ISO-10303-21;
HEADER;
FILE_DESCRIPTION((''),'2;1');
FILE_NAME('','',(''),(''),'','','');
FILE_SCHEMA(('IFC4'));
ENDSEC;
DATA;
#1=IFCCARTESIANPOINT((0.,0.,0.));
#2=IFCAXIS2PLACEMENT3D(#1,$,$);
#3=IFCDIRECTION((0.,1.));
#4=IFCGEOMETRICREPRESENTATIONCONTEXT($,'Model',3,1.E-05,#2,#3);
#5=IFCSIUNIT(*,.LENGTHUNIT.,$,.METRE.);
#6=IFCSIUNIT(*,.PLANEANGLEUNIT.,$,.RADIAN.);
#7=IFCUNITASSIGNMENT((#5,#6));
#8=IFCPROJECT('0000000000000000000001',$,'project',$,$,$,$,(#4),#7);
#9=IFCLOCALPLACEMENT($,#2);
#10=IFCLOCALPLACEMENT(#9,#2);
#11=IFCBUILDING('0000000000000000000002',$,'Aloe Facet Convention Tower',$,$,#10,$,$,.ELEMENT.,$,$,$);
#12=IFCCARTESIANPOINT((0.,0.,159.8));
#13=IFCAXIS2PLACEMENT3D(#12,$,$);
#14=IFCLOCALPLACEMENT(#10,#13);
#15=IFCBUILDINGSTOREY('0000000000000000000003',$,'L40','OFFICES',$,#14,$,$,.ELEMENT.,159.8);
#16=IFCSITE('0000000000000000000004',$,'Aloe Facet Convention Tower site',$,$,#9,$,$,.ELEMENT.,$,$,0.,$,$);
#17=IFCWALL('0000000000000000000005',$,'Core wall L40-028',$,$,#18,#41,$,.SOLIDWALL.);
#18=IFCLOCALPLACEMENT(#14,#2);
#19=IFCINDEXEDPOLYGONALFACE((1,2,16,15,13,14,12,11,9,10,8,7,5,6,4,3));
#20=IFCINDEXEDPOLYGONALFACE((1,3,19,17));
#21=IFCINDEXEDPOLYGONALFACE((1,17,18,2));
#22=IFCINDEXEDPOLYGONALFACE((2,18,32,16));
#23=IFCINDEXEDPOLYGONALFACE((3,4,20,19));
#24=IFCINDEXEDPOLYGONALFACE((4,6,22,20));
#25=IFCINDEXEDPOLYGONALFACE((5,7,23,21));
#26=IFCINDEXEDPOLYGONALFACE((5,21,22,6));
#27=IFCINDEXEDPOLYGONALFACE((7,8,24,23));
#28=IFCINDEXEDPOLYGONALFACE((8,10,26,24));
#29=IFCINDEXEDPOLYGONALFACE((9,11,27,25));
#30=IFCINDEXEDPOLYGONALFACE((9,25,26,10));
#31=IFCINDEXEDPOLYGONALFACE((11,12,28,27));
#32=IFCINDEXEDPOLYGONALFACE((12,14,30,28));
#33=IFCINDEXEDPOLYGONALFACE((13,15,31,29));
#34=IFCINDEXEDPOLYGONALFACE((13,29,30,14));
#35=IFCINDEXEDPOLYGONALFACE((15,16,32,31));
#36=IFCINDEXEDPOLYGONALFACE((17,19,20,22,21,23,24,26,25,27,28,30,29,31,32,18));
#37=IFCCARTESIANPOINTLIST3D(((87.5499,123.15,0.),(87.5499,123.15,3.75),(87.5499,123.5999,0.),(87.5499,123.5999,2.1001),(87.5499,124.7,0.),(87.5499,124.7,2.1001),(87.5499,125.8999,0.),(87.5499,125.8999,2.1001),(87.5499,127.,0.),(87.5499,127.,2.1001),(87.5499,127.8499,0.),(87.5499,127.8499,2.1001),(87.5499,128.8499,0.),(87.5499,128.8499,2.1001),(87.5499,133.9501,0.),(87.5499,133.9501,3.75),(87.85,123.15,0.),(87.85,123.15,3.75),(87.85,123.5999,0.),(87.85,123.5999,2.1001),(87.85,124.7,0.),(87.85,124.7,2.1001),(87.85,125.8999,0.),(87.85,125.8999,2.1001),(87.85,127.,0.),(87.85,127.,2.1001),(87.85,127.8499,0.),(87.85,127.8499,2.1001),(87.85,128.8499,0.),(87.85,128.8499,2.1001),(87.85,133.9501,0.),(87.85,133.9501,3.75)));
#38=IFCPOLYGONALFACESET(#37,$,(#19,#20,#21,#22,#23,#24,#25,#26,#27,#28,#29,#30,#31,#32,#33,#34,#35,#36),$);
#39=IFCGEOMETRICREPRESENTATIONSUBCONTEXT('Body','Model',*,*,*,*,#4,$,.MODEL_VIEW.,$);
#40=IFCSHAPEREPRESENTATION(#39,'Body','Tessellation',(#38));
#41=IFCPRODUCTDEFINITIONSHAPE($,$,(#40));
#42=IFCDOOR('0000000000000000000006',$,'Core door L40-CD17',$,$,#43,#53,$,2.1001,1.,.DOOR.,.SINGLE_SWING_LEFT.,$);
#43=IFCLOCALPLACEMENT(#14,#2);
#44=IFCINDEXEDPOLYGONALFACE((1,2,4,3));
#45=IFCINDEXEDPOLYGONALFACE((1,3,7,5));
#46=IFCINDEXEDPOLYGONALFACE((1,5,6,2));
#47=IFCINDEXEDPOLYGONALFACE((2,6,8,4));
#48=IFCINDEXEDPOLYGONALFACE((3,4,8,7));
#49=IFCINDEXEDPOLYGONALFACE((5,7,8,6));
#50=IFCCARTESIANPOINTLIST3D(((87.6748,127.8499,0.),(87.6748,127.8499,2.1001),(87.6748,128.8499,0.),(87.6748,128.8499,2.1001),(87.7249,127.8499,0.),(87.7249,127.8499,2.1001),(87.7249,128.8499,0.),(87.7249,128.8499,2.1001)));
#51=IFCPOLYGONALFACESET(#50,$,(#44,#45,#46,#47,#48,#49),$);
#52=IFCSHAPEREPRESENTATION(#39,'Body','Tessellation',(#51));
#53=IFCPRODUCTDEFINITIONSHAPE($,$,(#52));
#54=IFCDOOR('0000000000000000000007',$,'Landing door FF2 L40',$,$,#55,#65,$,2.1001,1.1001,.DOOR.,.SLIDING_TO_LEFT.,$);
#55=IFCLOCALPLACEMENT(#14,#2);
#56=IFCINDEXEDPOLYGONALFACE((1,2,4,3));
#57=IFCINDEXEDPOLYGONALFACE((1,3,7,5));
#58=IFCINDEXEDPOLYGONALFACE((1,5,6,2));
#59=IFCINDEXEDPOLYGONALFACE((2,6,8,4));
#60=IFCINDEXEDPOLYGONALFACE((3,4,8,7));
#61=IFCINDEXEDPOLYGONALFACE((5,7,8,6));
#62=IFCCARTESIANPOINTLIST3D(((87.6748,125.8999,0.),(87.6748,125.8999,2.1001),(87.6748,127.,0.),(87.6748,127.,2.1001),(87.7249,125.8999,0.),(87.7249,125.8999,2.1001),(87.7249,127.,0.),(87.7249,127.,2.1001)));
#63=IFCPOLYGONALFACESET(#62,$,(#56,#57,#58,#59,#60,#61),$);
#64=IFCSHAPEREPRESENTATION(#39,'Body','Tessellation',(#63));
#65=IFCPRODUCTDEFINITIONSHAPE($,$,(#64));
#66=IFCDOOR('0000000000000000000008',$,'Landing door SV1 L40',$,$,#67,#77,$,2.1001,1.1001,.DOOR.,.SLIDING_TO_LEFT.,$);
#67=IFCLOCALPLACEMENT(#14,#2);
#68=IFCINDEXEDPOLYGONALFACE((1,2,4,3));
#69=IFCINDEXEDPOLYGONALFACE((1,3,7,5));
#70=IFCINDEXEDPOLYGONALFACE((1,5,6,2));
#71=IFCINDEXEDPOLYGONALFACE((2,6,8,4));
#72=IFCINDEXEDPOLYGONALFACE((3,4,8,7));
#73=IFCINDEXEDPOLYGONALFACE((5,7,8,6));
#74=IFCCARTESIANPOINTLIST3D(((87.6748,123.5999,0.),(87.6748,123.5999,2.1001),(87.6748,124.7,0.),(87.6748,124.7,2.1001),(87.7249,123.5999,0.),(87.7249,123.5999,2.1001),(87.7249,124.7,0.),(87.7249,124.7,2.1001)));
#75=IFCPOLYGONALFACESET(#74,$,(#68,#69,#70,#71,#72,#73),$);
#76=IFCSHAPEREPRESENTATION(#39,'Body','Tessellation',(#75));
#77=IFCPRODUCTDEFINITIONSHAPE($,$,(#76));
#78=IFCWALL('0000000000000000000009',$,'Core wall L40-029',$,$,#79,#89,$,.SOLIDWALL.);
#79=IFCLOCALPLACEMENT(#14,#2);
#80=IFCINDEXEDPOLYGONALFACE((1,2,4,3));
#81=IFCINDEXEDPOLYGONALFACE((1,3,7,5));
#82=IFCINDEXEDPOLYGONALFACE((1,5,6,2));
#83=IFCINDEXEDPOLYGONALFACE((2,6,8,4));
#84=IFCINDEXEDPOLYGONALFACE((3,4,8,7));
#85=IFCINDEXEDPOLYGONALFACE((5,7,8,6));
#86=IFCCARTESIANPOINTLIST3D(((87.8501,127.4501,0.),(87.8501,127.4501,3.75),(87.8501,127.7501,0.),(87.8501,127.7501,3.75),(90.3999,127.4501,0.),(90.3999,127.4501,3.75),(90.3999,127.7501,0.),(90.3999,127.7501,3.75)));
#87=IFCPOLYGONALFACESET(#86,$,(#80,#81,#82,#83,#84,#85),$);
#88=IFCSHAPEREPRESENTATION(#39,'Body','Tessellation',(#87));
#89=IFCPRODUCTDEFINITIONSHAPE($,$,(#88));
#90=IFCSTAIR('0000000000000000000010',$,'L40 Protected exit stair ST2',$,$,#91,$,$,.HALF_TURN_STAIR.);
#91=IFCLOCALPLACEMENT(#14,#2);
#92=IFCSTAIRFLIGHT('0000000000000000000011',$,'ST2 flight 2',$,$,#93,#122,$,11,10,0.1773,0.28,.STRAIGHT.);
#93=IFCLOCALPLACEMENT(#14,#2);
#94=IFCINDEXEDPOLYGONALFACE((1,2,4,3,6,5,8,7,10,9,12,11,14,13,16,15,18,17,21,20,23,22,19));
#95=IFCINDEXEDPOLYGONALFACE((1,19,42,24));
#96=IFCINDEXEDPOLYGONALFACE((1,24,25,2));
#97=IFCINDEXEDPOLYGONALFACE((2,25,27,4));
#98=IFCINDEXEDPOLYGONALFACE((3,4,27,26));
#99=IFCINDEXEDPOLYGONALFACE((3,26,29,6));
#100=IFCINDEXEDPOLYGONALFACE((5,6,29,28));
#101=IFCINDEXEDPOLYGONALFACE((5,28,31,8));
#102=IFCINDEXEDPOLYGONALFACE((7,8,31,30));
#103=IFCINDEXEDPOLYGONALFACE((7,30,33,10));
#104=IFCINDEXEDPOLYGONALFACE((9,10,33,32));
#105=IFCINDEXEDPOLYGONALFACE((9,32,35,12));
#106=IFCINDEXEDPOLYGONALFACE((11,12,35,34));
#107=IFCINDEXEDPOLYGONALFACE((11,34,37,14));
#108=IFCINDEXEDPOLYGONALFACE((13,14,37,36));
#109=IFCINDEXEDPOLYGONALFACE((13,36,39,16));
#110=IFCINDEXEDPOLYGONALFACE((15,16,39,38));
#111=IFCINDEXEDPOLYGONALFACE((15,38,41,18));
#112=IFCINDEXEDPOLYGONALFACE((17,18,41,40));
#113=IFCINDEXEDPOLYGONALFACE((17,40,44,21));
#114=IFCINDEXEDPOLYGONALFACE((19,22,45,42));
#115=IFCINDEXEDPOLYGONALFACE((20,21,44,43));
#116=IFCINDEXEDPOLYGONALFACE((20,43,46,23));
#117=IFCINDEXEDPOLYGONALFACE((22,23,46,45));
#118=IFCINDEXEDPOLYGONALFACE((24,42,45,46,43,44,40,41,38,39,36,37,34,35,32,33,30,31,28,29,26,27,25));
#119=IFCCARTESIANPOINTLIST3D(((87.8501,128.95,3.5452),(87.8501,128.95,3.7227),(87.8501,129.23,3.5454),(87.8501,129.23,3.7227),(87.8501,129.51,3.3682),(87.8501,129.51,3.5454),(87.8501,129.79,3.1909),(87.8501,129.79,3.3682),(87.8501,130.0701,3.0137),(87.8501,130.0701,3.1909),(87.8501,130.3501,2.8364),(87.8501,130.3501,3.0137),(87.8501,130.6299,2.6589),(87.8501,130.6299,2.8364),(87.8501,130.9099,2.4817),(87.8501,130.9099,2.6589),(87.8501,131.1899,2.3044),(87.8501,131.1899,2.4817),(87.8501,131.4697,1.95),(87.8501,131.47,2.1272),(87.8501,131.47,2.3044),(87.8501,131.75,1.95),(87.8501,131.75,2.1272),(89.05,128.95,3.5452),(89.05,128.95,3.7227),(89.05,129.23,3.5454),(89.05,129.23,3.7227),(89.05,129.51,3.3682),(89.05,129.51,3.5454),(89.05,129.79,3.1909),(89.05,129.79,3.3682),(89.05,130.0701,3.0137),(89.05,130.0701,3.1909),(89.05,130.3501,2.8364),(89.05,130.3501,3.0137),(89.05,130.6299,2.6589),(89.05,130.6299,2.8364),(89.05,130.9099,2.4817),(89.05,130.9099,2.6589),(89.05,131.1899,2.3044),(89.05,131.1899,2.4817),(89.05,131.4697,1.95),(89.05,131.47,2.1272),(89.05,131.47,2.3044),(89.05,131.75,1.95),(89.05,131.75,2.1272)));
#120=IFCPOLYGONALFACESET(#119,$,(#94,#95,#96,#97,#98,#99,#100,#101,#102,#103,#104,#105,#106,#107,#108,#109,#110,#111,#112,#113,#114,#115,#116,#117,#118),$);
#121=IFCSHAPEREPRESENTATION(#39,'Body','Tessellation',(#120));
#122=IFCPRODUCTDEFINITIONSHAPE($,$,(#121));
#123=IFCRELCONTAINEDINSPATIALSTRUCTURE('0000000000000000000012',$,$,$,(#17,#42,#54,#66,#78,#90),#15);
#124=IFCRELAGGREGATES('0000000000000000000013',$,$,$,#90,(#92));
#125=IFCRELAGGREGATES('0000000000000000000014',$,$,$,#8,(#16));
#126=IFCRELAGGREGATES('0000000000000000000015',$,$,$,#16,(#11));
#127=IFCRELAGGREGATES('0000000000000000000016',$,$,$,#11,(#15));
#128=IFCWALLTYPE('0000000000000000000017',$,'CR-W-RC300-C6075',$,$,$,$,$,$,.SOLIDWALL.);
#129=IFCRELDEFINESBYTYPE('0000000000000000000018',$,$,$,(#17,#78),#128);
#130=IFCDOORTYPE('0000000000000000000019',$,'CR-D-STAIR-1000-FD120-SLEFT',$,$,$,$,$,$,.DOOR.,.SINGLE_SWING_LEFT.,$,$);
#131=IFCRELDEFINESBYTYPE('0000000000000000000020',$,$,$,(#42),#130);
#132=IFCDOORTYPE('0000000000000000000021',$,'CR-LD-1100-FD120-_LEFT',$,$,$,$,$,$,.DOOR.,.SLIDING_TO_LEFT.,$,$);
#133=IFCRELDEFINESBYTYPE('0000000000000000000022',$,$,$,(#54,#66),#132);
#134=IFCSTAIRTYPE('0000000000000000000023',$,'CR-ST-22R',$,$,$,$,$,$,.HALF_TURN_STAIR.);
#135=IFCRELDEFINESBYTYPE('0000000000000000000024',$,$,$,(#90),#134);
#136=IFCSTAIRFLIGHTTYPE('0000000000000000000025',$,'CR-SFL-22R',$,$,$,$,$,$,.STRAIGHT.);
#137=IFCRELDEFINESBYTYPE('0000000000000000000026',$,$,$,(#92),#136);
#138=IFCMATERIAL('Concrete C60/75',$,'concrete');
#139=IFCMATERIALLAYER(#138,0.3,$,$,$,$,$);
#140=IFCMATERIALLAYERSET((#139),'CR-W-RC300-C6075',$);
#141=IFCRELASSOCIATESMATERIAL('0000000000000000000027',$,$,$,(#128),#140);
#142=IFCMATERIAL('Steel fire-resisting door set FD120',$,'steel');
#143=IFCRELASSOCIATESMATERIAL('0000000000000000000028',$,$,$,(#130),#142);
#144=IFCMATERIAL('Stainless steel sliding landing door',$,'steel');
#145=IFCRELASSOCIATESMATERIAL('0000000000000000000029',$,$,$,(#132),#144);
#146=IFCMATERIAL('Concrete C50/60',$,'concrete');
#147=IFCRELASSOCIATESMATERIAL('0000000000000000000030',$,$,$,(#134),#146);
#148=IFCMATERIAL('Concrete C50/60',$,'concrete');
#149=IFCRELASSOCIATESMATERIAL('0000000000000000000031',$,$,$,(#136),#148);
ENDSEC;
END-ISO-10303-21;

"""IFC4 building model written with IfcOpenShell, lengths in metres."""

from ifc_helpers import new_model, si_unit, direction, frame, frame_2d, origin, place, context, subcontext, project, spatial, polyline, rectangle, outline, extrude, material, layer, layer_set, type_object, element, fill, aggregate, save


model = new_model("IFC4")

# Units and contexts
model_context = context("Model", 3, precision=1e-05, world=origin(), true_north=direction((0.0, 1.0)))
body_context = subcontext(model_context, "Body", "Model", "MODEL_VIEW")
ifc_project = project(units=[si_unit("LENGTHUNIT", "METRE"), si_unit("PLANEANGLEUNIT", "RADIAN")], contexts=[model_context])

# Site, building, storey
site_placement = place(None, origin())
site = spatial("IfcSite", under=ifc_project, at=site_placement, Name="Aloe Facet Convention Tower site", CompositionType="ELEMENT", RefElevation=0.0)
building_placement = place(site_placement, origin())
building = spatial("IfcBuilding", under=site, at=building_placement, Name="Aloe Facet Convention Tower", CompositionType="ELEMENT")
storey_placement = place(building_placement, frame((0.0, 0.0, 159.8)))
storey = spatial("IfcBuildingStorey", under=building, at=storey_placement, Name="L40", Description="OFFICES", CompositionType="ELEMENT", Elevation=159.8)

# Shared definitions
ifc_material_1 = material(Name="Concrete C60/75", Category="concrete")
ifc_layer_1 = layer(ifc_material_1, 0.3)
ifc_layer_set_1 = layer_set([ifc_layer_1], Name="CR-W-RC300-C6075")
wall_type_1 = type_object("IfcWallType", Name="CR-W-RC300-C6075", PredefinedType="SOLIDWALL", material=ifc_layer_set_1)

# Wall, openings, doors
wall_1_placement = place(storey_placement, frame((87.7, 133.95, 0.0), z_axis=(0.0, 0.0, 1.0), x_axis=(0.0, -1.0, 0.0)))
wall_1 = element("IfcWall", 1, at=wall_1_placement, inside=storey, type_object=wall_type_1, Name="Core wall L40-028", PredefinedType="SOLIDWALL", context=body_context, shape_type="SweptSolid", body=[
    extrude(rectangle(XDim=10.8, YDim=0.3, at=frame_2d((5.3999, 0.0))), origin(), (0.0, 0.0, 1.0), 3.75),
])
opening_1_placement = place(wall_1_placement, frame((6.95, 0.0, 0.0)))
opening_1 = element("IfcOpeningElement", 2, at=opening_1_placement, cuts=wall_1, PredefinedType="OPENING", context=body_context, shape_type="SweptSolid", body=[
    extrude(rectangle(XDim=1.1001, YDim=2.1001, at=frame_2d((0.55, 1.05))), frame((0.0, 0.1602, 0.0), z_axis=(0.0, -1.0, 0.0), x_axis=(1.0, 0.0, 0.0)), (0.0, 0.0, 1.0), 0.3201),
])
opening_2_placement = place(wall_1_placement, frame((5.1001, 0.0, 0.0)))
opening_2 = element("IfcOpeningElement", 3, at=opening_2_placement, cuts=wall_1, PredefinedType="OPENING", context=body_context, shape_type="SweptSolid", body=[
    extrude(rectangle(XDim=1.0, YDim=2.1001, at=frame_2d((0.5, 1.05))), frame((0.0, 0.1602, 0.0), z_axis=(0.0, -1.0, 0.0), x_axis=(1.0, 0.0, 0.0)), (0.0, 0.0, 1.0), 0.3201),
])
opening_3_placement = place(wall_1_placement, frame((9.25, 0.0, 0.0)))
opening_3 = element("IfcOpeningElement", 4, at=opening_3_placement, cuts=wall_1, PredefinedType="OPENING", context=body_context, shape_type="SweptSolid", body=[
    extrude(rectangle(XDim=1.1001, YDim=2.1001, at=frame_2d((0.55, 1.05))), frame((0.0, 0.1602, 0.0), z_axis=(0.0, -1.0, 0.0), x_axis=(1.0, 0.0, 0.0)), (0.0, 0.0, 1.0), 0.3201),
])
ifc_material_2 = material(Name="Steel fire-resisting door set FD120", Category="steel")
door_type_1 = type_object("IfcDoorType", Name="CR-D-STAIR-1000-FD120-SLEFT", OperationType="SINGLE_SWING_LEFT", PredefinedType="DOOR", material=ifc_material_2)
door_1_placement = place(opening_2_placement, origin())
door_1 = element("IfcDoor", 5, at=door_1_placement, inside=storey, type_object=door_type_1, Name="Core door L40-CD17", OperationType="SINGLE_SWING_LEFT", OverallHeight=2.1001, OverallWidth=1.0, PredefinedType="DOOR", context=body_context, shape_type="SweptSolid", body=[
    extrude(rectangle(XDim=1.0, YDim=2.1001, at=frame_2d((0.5, 1.05))), frame((0.0, 0.0249, 0.0), z_axis=(0.0, -1.0, 0.0), x_axis=(1.0, 0.0, 0.0)), (0.0, 0.0, 1.0), 0.05),
])
fill(opening_2, door_1)
ifc_material_3 = material(Name="Stainless steel sliding landing door", Category="steel")
door_type_2 = type_object("IfcDoorType", Name="CR-LD-1100-FD120-_LEFT", OperationType="SLIDING_TO_LEFT", PredefinedType="DOOR", material=ifc_material_3)
door_2_placement = place(opening_1_placement, origin())
door_2 = element("IfcDoor", 6, at=door_2_placement, inside=storey, type_object=door_type_2, Name="Landing door FF2 L40", OperationType="SLIDING_TO_LEFT", OverallHeight=2.1001, OverallWidth=1.1001, PredefinedType="DOOR", context=body_context, shape_type="SweptSolid", body=[
    extrude(rectangle(XDim=1.1001, YDim=2.1001, at=frame_2d((0.55, 1.05))), frame((0.0, 0.0249, 0.0), z_axis=(0.0, -1.0, 0.0), x_axis=(1.0, 0.0, 0.0)), (0.0, 0.0, 1.0), 0.05),
])
fill(opening_1, door_2)
door_3_placement = place(opening_3_placement, origin())
door_3 = element("IfcDoor", 7, at=door_3_placement, inside=storey, type_object=door_type_2, Name="Landing door SV1 L40", OperationType="SLIDING_TO_LEFT", OverallHeight=2.1001, OverallWidth=1.1001, PredefinedType="DOOR", context=body_context, shape_type="SweptSolid", body=[
    extrude(rectangle(XDim=1.1001, YDim=2.1001, at=frame_2d((0.55, 1.05))), frame((0.0, 0.0249, 0.0), z_axis=(0.0, -1.0, 0.0), x_axis=(1.0, 0.0, 0.0)), (0.0, 0.0, 1.0), 0.05),
])
fill(opening_3, door_3)

# Wall
wall_2_placement = place(storey_placement, frame((87.8501, 127.6001, 0.0), z_axis=(0.0, 0.0, 1.0), x_axis=(1.0, 0.0, 0.0)))
element("IfcWall", 8, at=wall_2_placement, inside=storey, type_object=wall_type_1, Name="Core wall L40-029", PredefinedType="SOLIDWALL", context=body_context, shape_type="SweptSolid", body=[
    extrude(rectangle(XDim=2.5498, YDim=0.3, at=frame_2d((1.2749, 0.0))), origin(), (0.0, 0.0, 1.0), 3.75),
])

# Stair, stair flight
ifc_material_4 = material(Name="Concrete C50/60", Category="concrete")
stair_type = type_object("IfcStairType", Name="CR-ST-22R", PredefinedType="HALF_TURN_STAIR", material=ifc_material_4)
stair_placement = place(storey_placement, origin())
stair = element("IfcStair", 9, at=stair_placement, inside=storey, type_object=stair_type, Name="L40 Protected exit stair ST2", PredefinedType="HALF_TURN_STAIR")
ifc_material_5 = material(Name="Concrete C50/60", Category="concrete")
stair_flight_type = type_object("IfcStairFlightType", Name="CR-SFL-22R", PredefinedType="STRAIGHT", material=ifc_material_5)
stair_flight_placement = place(storey_placement, frame((88.45, 131.75, 1.95), z_axis=(0.0, 0.0, 1.0), x_axis=(0.0, -1.0, 0.0)))
stair_flight = element("IfcStairFlight", 10, at=stair_flight_placement, type_object=stair_flight_type, Name="ST2 flight 2", NumberOfRisers=11, NumberOfTreads=10, PredefinedType="STRAIGHT", RiserHeight=0.1773, TreadLength=0.28, context=body_context, shape_type="SweptSolid", body=[
    extrude(outline(polyline([(0.0, 0.0), (0.0, 0.1772), (0.28, 0.1772), (0.28, 0.3545), (0.5601, 0.3545), (0.5601, 0.5317), (0.8401, 0.5317), (0.8401, 0.709), (1.1201, 0.709), (1.1201, 0.8865), (1.3999, 0.8865), (1.3999, 1.0637), (1.6799, 1.0637), (1.6799, 1.241), (1.96, 1.241), (1.96, 1.4182), (2.24, 1.4182), (2.24, 1.5955), (2.52, 1.5955), (2.52, 1.7727), (2.8, 1.7727), (2.8, 1.95), (2.8, 1.5952), (0.2803, 0.0), (0.0, 0.0)])), frame((0.0, 0.6001, 0.0), z_axis=(0.0, -1.0, 0.0), x_axis=(1.0, 0.0, 0.0)), (0.0, 0.0, 1.0), 1.2),
])
aggregate(stair, [stair_flight])

save(model, "model.ifc")
